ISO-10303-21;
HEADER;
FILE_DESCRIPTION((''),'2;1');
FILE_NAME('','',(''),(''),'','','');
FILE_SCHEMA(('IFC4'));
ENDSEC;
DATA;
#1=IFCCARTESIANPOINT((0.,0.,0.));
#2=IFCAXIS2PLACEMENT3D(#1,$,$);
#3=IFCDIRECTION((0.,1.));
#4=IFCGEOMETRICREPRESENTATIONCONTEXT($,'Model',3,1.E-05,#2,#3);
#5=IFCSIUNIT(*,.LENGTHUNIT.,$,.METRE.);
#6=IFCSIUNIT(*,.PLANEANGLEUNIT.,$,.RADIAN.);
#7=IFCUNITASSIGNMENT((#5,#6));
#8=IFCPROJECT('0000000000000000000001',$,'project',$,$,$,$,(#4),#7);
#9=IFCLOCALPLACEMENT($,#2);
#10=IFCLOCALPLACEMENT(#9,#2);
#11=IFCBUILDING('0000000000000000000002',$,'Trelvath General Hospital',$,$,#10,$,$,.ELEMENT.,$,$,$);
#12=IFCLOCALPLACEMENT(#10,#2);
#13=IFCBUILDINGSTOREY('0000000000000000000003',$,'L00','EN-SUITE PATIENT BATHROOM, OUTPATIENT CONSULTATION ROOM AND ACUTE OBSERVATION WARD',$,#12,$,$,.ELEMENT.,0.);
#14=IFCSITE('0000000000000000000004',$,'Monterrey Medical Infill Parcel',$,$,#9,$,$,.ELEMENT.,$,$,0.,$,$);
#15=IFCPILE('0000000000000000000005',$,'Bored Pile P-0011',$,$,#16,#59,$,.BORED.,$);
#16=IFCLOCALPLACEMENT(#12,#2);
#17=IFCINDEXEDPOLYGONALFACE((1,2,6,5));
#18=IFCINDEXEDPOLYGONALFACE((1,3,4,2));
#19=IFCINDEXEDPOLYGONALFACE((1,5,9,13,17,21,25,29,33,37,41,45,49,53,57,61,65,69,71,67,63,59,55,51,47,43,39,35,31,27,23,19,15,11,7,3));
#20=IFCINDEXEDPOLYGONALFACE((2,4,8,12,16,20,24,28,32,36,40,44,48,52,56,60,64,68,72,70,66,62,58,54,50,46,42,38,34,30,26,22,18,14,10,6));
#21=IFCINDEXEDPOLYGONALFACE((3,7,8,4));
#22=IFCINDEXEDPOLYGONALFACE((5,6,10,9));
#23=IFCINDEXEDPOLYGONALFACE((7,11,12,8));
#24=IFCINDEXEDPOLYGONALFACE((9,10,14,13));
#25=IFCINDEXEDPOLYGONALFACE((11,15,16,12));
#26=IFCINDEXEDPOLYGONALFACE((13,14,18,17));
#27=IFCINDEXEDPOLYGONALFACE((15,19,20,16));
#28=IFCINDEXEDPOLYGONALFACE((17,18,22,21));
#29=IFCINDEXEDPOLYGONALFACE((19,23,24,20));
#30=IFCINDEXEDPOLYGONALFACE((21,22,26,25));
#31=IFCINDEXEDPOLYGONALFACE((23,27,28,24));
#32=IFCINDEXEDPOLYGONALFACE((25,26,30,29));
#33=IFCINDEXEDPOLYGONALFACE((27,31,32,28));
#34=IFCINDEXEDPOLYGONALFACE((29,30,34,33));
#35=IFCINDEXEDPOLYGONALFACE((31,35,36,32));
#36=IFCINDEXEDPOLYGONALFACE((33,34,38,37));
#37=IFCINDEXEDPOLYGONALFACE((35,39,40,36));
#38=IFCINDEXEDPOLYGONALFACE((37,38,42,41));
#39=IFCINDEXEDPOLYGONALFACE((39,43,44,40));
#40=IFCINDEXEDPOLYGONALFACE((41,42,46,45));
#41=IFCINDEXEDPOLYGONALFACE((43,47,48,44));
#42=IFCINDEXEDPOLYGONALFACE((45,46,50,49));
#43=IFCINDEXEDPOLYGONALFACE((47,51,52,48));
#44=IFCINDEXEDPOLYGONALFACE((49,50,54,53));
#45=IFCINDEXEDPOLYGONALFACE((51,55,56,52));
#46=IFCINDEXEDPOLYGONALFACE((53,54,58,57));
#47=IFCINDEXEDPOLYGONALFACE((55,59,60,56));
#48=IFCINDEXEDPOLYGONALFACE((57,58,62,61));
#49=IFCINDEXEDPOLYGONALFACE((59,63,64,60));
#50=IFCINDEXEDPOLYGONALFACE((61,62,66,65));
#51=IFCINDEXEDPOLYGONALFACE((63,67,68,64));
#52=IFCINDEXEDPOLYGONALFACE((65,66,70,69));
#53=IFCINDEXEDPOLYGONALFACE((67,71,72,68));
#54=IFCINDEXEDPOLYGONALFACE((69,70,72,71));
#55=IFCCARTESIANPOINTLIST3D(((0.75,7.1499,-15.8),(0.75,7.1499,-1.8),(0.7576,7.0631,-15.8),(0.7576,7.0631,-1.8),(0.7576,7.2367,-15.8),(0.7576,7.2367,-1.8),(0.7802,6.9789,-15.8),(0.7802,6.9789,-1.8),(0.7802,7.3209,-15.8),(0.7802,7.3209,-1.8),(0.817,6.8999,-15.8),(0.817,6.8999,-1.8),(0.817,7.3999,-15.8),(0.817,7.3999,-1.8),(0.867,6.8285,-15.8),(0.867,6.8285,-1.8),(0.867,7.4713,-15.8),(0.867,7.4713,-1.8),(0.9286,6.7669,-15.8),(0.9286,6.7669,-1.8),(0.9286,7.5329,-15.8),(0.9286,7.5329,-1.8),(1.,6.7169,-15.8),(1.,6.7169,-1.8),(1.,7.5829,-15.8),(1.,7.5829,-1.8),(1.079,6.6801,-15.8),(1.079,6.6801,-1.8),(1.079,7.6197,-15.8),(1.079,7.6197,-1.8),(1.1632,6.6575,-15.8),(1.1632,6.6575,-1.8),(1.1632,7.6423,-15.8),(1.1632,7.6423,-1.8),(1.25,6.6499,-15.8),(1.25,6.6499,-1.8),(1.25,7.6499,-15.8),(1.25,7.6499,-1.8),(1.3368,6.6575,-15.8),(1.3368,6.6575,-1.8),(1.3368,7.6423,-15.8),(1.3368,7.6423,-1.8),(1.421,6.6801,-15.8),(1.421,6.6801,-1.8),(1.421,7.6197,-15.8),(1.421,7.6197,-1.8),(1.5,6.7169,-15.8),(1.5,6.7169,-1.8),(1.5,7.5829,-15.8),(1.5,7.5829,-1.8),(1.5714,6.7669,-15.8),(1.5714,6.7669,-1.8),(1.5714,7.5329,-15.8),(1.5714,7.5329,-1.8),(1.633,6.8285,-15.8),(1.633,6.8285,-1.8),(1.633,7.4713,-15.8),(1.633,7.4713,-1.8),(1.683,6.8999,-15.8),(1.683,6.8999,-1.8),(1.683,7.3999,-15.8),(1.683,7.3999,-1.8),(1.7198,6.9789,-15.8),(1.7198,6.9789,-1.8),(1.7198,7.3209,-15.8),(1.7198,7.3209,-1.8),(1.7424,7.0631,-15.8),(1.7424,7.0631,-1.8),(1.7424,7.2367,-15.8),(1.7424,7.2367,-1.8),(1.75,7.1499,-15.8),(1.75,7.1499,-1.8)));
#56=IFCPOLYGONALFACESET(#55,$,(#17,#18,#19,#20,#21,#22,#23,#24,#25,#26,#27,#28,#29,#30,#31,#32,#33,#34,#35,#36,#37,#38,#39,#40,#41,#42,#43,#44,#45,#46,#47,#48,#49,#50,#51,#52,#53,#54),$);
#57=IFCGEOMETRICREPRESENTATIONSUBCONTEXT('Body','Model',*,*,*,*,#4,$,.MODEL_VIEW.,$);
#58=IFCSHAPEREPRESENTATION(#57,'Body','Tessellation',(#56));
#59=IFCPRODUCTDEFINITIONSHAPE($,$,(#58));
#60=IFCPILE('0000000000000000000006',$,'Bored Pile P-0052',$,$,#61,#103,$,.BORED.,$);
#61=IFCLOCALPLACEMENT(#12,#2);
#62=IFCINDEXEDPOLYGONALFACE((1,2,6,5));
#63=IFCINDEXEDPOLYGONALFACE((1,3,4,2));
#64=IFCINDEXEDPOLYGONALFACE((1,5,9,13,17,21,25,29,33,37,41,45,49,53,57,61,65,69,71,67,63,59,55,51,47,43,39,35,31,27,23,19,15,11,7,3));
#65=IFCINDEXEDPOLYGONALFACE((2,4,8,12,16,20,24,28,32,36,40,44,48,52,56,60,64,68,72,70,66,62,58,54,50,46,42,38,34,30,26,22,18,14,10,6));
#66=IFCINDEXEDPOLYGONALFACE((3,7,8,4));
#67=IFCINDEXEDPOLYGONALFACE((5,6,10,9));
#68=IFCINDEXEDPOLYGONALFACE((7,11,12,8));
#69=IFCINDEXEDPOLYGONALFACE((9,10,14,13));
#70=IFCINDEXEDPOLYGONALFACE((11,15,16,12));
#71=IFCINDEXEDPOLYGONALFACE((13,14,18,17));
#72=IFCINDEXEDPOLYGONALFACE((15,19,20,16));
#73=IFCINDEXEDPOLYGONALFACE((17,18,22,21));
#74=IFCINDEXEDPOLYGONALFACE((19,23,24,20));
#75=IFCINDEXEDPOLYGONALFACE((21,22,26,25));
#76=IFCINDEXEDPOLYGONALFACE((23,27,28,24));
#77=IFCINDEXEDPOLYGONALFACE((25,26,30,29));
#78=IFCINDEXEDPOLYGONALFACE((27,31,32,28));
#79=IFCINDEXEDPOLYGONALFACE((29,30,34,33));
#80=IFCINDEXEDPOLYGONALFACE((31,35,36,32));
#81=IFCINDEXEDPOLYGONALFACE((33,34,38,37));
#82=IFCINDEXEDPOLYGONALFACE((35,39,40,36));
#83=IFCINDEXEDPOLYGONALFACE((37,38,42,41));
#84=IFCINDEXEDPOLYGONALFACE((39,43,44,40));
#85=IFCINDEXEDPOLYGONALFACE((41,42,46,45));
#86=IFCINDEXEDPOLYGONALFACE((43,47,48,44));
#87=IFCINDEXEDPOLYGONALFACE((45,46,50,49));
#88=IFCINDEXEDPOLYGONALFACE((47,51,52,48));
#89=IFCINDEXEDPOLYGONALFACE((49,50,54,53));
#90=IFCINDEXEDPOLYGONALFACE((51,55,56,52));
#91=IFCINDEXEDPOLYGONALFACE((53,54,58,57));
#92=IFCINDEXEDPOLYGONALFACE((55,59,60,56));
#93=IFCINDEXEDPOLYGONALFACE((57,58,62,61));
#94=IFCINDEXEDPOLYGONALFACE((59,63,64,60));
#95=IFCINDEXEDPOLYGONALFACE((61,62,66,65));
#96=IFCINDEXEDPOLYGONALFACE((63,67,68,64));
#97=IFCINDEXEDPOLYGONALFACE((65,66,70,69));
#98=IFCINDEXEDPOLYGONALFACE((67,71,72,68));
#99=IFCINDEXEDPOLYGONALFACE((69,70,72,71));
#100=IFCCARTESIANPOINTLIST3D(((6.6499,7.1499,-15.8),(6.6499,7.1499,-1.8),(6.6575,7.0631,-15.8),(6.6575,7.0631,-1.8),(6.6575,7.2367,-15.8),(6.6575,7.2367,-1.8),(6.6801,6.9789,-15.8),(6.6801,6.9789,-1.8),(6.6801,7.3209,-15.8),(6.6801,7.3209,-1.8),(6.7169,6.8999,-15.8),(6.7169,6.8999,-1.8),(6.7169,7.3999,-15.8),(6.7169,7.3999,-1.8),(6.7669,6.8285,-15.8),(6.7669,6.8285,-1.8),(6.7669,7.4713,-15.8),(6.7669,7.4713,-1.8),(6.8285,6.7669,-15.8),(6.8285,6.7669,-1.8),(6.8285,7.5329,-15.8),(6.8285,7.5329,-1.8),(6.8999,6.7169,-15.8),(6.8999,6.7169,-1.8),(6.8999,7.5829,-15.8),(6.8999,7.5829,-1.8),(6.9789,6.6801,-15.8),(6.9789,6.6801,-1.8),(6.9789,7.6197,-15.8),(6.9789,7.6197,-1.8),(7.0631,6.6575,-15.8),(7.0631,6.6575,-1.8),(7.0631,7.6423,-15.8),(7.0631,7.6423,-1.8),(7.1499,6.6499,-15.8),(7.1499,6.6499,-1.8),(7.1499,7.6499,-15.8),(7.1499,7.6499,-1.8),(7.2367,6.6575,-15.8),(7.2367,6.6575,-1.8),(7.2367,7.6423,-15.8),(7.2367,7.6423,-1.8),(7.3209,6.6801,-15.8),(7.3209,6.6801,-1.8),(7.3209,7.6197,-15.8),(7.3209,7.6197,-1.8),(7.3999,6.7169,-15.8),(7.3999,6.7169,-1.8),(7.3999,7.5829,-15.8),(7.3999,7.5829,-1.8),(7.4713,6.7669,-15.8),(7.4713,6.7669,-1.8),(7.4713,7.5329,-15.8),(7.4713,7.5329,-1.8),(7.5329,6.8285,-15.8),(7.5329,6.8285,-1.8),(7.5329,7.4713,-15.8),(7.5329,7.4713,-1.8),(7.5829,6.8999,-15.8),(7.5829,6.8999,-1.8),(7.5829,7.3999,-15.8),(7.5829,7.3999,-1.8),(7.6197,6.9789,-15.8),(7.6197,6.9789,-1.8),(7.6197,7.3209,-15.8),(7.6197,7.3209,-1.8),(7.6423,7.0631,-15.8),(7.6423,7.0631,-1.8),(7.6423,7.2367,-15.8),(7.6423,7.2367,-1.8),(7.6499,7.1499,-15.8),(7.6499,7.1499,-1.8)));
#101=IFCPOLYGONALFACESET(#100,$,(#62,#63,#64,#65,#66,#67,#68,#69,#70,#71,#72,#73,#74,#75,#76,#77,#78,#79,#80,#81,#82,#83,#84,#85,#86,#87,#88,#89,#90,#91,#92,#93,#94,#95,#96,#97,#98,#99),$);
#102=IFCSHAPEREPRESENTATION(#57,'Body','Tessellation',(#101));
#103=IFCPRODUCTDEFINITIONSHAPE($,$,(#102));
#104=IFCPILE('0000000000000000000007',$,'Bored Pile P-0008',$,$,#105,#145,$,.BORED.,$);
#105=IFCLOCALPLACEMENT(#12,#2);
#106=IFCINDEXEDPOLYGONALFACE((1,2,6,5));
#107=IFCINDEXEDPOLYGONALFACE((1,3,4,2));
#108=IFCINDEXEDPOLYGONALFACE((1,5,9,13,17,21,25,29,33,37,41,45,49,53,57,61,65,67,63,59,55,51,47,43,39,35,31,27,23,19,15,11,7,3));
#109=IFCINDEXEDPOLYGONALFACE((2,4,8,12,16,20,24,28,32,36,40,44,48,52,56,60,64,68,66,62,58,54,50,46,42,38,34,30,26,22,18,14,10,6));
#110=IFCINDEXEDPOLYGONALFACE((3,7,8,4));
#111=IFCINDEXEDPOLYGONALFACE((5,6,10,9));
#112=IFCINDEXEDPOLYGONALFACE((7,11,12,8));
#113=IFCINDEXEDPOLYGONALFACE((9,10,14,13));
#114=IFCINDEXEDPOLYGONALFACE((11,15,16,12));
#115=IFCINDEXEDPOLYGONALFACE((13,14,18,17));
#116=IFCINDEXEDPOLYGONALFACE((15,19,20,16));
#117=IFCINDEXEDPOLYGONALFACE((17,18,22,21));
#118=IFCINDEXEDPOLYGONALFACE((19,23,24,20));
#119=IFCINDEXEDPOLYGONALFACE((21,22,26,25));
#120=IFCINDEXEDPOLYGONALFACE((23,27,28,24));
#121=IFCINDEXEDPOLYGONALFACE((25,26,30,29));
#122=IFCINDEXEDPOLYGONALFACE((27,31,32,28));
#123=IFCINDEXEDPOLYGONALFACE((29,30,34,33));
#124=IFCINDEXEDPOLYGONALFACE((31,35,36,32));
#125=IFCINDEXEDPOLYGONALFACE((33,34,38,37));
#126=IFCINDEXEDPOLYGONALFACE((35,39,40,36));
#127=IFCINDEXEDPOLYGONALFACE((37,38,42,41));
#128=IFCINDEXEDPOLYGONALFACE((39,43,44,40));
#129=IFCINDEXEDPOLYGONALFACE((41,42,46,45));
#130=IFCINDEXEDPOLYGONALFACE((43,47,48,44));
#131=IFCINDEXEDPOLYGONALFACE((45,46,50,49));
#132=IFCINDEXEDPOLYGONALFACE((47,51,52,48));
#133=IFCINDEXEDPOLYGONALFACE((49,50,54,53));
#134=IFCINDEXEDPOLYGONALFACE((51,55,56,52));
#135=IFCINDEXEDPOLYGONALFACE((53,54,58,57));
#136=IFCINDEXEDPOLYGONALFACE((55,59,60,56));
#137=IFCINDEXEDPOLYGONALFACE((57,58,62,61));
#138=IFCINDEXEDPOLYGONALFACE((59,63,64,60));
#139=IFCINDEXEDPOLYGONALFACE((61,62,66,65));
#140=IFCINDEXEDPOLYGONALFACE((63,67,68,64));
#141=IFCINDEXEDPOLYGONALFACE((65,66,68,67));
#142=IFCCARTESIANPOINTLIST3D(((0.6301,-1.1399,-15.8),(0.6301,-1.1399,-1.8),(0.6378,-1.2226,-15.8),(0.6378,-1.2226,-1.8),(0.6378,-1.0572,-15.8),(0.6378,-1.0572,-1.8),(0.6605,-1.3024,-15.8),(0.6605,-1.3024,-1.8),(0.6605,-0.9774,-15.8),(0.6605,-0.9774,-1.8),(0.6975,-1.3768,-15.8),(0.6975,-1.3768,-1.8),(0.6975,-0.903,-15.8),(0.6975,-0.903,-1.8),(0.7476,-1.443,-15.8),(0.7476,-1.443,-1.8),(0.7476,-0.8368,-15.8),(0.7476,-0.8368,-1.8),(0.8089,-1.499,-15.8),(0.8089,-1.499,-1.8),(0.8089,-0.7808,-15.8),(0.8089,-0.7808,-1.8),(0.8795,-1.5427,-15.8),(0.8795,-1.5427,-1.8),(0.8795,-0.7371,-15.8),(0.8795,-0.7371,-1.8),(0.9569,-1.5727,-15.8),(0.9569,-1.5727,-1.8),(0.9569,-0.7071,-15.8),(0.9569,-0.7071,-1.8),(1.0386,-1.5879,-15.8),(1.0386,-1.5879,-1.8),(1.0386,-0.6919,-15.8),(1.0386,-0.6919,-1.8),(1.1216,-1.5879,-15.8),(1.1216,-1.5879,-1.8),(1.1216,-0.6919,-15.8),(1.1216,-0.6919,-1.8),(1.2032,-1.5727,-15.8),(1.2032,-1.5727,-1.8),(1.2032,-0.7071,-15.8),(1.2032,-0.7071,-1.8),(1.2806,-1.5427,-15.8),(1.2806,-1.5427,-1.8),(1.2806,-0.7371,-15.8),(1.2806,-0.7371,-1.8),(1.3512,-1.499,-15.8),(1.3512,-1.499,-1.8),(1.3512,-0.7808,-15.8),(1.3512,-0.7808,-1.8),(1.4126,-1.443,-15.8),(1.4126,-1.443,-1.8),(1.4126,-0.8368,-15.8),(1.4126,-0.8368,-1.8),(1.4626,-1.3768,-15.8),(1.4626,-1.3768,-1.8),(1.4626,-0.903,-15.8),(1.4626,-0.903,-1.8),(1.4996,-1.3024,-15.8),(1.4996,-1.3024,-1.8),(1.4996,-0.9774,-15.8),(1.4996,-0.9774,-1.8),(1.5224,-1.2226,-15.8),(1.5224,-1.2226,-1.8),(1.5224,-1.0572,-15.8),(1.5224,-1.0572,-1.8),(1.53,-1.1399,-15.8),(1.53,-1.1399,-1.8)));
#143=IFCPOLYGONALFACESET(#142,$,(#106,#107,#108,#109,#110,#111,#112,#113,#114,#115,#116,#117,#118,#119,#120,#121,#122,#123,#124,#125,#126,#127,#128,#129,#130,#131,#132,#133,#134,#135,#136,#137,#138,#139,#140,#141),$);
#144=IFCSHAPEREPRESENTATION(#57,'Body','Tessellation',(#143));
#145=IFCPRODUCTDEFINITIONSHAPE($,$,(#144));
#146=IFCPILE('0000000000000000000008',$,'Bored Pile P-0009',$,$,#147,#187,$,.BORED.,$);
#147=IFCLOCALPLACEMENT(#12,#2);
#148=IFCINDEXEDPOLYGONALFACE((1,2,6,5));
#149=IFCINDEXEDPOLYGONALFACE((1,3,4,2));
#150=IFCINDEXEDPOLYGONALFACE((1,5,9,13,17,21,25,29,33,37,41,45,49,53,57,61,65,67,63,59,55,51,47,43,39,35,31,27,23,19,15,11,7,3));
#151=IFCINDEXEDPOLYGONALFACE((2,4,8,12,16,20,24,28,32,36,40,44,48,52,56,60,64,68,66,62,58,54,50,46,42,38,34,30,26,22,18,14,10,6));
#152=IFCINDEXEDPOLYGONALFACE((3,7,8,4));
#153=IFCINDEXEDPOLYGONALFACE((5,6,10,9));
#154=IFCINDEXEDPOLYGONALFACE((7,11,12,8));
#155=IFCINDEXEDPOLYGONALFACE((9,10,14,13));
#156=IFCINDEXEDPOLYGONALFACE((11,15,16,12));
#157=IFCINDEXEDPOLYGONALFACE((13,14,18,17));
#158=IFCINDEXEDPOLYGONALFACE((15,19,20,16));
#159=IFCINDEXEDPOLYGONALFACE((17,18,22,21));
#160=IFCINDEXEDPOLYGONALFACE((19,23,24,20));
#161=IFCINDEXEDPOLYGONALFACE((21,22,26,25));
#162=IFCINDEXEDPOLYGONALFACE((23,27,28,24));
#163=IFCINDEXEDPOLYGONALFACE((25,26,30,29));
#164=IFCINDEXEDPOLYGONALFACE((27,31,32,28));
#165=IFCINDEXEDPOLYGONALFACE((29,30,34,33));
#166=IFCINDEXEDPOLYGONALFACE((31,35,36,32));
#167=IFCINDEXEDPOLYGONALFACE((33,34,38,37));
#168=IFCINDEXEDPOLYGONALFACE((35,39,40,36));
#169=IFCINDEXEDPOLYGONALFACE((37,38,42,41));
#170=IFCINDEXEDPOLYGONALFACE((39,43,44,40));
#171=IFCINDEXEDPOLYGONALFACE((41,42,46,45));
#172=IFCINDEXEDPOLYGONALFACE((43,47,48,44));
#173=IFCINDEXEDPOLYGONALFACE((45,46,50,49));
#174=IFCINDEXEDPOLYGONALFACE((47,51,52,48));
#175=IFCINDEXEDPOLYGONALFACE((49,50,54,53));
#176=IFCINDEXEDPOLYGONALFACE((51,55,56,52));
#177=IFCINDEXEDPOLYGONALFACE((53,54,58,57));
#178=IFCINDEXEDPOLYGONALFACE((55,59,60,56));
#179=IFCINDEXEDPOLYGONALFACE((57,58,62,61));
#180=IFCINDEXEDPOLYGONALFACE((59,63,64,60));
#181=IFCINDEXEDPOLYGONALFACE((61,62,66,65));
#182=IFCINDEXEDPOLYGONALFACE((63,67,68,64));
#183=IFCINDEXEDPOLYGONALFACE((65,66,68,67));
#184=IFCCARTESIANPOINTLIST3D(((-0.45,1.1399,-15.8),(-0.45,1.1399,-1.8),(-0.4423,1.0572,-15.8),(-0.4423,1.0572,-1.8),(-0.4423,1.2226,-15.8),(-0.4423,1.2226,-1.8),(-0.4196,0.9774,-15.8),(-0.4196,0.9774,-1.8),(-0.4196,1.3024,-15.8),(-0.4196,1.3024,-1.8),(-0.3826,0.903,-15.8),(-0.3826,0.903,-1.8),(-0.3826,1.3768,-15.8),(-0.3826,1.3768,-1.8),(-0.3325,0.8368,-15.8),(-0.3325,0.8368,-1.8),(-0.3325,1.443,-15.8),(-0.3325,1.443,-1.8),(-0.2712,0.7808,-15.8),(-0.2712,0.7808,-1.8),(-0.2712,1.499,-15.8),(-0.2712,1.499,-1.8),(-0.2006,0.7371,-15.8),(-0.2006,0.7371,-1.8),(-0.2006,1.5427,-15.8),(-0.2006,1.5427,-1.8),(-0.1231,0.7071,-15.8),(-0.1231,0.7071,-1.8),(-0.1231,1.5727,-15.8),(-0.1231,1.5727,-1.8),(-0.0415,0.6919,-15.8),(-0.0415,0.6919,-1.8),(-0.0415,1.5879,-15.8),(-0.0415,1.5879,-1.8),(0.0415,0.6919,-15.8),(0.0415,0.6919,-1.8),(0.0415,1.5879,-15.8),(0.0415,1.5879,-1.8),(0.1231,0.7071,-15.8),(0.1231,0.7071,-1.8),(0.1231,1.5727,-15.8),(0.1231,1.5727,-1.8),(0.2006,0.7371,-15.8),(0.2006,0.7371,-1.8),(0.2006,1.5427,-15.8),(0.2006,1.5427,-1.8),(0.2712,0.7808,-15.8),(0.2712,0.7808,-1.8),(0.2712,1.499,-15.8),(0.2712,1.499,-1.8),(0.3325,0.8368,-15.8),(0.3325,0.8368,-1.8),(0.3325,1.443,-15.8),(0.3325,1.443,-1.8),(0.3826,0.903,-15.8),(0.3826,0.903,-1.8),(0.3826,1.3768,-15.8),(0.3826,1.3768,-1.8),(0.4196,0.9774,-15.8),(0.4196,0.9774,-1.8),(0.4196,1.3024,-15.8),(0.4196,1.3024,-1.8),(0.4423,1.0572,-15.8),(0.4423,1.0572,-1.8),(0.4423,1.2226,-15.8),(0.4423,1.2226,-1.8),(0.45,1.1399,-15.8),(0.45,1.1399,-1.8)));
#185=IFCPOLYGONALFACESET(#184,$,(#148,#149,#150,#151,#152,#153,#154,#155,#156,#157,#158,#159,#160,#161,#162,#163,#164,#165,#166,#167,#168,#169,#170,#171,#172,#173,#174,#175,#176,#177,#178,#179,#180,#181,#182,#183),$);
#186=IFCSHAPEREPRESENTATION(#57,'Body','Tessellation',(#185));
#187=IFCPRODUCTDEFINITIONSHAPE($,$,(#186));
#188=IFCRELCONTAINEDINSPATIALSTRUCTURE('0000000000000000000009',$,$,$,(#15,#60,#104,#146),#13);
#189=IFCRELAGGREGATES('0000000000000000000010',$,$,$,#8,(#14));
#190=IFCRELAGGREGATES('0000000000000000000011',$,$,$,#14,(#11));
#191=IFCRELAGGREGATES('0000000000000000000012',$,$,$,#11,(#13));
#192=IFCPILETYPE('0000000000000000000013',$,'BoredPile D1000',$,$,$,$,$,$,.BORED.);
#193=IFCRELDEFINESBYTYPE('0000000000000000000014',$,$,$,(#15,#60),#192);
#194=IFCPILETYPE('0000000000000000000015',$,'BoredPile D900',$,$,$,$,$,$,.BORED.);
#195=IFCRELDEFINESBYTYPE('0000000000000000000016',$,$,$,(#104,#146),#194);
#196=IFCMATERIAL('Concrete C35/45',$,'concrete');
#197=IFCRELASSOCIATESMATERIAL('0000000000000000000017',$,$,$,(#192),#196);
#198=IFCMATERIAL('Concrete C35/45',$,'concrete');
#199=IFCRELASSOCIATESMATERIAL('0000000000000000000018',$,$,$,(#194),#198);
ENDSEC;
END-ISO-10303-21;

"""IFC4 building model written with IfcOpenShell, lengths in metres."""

from ifc_helpers import new_model, si_unit, direction, frame, origin, origin_2d, place, context, subcontext, project, spatial, circle, extrude, material, material_profile, profile_set, type_object, element, save


model = new_model("IFC4")

# Units and contexts
model_context = context("Model", 3, precision=1e-05, world=origin(), true_north=direction((0.0, 1.0)))
body_context = subcontext(model_context, "Body", "Model", "MODEL_VIEW")
ifc_project = project(units=[si_unit("LENGTHUNIT", "METRE"), si_unit("PLANEANGLEUNIT", "RADIAN")], contexts=[model_context])

# Site, building, storey
site_placement = place(None, origin())
site = spatial("IfcSite", under=ifc_project, at=site_placement, Name="Monterrey Medical Infill Parcel", CompositionType="ELEMENT", RefElevation=0.0)
building_placement = place(site_placement, origin())
building = spatial("IfcBuilding", under=site, at=building_placement, Name="Trelvath General Hospital", CompositionType="ELEMENT")
storey_placement = place(building_placement, origin())
storey = spatial("IfcBuildingStorey", under=building, at=storey_placement, Name="L00", Description="EN-SUITE PATIENT BATHROOM, OUTPATIENT CONSULTATION ROOM AND ACUTE OBSERVATION WARD", CompositionType="ELEMENT", Elevation=0.0)

# Piles
ifc_material_1 = material(Name="Concrete C35/45", Category="concrete")
ifc_material_profile_1 = material_profile(ifc_material_1, circle(Radius=0.5, at=origin_2d()), Name="PILE1000")
ifc_profile_set_1 = profile_set([ifc_material_profile_1], Name="Concrete C35/45")
pile_type_1 = type_object("IfcPileType", Name="BoredPile D1000", PredefinedType="BORED", material=ifc_profile_set_1)
for number, where, z_axis, x_axis, name in (
    (1, (1.25, 7.1499, -1.8), (0.0, 0.0, -1.0), (1.0, 0.0, 0.0), "Bored Pile P-0011"),
    (2, (7.1499, 7.1499, -1.8), (0.0, 0.0, -1.0), (1.0, 0.0, 0.0), "Bored Pile P-0052"),
):
    element("IfcPile", number, at=place(storey_placement, frame(where, z_axis=z_axis, x_axis=x_axis)), inside=storey, type_object=pile_type_1, Name=name, PredefinedType="BORED", context=body_context, shape_type="SweptSolid", body=[
        extrude(circle(Radius=0.5, at=origin_2d()), origin(), (0.0, 0.0, 1.0), 14.0),
    ])
ifc_material_2 = material(Name="Concrete C35/45", Category="concrete")
ifc_material_profile_2 = material_profile(ifc_material_2, circle(Radius=0.45, at=origin_2d()), Name="PILE900")
ifc_profile_set_2 = profile_set([ifc_material_profile_2], Name="Concrete C35/45")
pile_type_2 = type_object("IfcPileType", Name="BoredPile D900", PredefinedType="BORED", material=ifc_profile_set_2)
for number, where, z_axis, x_axis, name in (
    (3, (1.0801, -1.1399, -1.8), (0.0, 0.0, -1.0), (1.0, 0.0, 0.0), "Bored Pile P-0008"),
    (4, (0.0, 1.1399, -1.8), (0.0, 0.0, -1.0), (1.0, 0.0, 0.0), "Bored Pile P-0009"),
):
    element("IfcPile", number, at=place(storey_placement, frame(where, z_axis=z_axis, x_axis=x_axis)), inside=storey, type_object=pile_type_2, Name=name, PredefinedType="BORED", context=body_context, shape_type="SweptSolid", body=[
        extrude(circle(Radius=0.45, at=origin_2d()), origin(), (0.0, 0.0, 1.0), 14.0),
    ])

save(model, "model.ifc")
